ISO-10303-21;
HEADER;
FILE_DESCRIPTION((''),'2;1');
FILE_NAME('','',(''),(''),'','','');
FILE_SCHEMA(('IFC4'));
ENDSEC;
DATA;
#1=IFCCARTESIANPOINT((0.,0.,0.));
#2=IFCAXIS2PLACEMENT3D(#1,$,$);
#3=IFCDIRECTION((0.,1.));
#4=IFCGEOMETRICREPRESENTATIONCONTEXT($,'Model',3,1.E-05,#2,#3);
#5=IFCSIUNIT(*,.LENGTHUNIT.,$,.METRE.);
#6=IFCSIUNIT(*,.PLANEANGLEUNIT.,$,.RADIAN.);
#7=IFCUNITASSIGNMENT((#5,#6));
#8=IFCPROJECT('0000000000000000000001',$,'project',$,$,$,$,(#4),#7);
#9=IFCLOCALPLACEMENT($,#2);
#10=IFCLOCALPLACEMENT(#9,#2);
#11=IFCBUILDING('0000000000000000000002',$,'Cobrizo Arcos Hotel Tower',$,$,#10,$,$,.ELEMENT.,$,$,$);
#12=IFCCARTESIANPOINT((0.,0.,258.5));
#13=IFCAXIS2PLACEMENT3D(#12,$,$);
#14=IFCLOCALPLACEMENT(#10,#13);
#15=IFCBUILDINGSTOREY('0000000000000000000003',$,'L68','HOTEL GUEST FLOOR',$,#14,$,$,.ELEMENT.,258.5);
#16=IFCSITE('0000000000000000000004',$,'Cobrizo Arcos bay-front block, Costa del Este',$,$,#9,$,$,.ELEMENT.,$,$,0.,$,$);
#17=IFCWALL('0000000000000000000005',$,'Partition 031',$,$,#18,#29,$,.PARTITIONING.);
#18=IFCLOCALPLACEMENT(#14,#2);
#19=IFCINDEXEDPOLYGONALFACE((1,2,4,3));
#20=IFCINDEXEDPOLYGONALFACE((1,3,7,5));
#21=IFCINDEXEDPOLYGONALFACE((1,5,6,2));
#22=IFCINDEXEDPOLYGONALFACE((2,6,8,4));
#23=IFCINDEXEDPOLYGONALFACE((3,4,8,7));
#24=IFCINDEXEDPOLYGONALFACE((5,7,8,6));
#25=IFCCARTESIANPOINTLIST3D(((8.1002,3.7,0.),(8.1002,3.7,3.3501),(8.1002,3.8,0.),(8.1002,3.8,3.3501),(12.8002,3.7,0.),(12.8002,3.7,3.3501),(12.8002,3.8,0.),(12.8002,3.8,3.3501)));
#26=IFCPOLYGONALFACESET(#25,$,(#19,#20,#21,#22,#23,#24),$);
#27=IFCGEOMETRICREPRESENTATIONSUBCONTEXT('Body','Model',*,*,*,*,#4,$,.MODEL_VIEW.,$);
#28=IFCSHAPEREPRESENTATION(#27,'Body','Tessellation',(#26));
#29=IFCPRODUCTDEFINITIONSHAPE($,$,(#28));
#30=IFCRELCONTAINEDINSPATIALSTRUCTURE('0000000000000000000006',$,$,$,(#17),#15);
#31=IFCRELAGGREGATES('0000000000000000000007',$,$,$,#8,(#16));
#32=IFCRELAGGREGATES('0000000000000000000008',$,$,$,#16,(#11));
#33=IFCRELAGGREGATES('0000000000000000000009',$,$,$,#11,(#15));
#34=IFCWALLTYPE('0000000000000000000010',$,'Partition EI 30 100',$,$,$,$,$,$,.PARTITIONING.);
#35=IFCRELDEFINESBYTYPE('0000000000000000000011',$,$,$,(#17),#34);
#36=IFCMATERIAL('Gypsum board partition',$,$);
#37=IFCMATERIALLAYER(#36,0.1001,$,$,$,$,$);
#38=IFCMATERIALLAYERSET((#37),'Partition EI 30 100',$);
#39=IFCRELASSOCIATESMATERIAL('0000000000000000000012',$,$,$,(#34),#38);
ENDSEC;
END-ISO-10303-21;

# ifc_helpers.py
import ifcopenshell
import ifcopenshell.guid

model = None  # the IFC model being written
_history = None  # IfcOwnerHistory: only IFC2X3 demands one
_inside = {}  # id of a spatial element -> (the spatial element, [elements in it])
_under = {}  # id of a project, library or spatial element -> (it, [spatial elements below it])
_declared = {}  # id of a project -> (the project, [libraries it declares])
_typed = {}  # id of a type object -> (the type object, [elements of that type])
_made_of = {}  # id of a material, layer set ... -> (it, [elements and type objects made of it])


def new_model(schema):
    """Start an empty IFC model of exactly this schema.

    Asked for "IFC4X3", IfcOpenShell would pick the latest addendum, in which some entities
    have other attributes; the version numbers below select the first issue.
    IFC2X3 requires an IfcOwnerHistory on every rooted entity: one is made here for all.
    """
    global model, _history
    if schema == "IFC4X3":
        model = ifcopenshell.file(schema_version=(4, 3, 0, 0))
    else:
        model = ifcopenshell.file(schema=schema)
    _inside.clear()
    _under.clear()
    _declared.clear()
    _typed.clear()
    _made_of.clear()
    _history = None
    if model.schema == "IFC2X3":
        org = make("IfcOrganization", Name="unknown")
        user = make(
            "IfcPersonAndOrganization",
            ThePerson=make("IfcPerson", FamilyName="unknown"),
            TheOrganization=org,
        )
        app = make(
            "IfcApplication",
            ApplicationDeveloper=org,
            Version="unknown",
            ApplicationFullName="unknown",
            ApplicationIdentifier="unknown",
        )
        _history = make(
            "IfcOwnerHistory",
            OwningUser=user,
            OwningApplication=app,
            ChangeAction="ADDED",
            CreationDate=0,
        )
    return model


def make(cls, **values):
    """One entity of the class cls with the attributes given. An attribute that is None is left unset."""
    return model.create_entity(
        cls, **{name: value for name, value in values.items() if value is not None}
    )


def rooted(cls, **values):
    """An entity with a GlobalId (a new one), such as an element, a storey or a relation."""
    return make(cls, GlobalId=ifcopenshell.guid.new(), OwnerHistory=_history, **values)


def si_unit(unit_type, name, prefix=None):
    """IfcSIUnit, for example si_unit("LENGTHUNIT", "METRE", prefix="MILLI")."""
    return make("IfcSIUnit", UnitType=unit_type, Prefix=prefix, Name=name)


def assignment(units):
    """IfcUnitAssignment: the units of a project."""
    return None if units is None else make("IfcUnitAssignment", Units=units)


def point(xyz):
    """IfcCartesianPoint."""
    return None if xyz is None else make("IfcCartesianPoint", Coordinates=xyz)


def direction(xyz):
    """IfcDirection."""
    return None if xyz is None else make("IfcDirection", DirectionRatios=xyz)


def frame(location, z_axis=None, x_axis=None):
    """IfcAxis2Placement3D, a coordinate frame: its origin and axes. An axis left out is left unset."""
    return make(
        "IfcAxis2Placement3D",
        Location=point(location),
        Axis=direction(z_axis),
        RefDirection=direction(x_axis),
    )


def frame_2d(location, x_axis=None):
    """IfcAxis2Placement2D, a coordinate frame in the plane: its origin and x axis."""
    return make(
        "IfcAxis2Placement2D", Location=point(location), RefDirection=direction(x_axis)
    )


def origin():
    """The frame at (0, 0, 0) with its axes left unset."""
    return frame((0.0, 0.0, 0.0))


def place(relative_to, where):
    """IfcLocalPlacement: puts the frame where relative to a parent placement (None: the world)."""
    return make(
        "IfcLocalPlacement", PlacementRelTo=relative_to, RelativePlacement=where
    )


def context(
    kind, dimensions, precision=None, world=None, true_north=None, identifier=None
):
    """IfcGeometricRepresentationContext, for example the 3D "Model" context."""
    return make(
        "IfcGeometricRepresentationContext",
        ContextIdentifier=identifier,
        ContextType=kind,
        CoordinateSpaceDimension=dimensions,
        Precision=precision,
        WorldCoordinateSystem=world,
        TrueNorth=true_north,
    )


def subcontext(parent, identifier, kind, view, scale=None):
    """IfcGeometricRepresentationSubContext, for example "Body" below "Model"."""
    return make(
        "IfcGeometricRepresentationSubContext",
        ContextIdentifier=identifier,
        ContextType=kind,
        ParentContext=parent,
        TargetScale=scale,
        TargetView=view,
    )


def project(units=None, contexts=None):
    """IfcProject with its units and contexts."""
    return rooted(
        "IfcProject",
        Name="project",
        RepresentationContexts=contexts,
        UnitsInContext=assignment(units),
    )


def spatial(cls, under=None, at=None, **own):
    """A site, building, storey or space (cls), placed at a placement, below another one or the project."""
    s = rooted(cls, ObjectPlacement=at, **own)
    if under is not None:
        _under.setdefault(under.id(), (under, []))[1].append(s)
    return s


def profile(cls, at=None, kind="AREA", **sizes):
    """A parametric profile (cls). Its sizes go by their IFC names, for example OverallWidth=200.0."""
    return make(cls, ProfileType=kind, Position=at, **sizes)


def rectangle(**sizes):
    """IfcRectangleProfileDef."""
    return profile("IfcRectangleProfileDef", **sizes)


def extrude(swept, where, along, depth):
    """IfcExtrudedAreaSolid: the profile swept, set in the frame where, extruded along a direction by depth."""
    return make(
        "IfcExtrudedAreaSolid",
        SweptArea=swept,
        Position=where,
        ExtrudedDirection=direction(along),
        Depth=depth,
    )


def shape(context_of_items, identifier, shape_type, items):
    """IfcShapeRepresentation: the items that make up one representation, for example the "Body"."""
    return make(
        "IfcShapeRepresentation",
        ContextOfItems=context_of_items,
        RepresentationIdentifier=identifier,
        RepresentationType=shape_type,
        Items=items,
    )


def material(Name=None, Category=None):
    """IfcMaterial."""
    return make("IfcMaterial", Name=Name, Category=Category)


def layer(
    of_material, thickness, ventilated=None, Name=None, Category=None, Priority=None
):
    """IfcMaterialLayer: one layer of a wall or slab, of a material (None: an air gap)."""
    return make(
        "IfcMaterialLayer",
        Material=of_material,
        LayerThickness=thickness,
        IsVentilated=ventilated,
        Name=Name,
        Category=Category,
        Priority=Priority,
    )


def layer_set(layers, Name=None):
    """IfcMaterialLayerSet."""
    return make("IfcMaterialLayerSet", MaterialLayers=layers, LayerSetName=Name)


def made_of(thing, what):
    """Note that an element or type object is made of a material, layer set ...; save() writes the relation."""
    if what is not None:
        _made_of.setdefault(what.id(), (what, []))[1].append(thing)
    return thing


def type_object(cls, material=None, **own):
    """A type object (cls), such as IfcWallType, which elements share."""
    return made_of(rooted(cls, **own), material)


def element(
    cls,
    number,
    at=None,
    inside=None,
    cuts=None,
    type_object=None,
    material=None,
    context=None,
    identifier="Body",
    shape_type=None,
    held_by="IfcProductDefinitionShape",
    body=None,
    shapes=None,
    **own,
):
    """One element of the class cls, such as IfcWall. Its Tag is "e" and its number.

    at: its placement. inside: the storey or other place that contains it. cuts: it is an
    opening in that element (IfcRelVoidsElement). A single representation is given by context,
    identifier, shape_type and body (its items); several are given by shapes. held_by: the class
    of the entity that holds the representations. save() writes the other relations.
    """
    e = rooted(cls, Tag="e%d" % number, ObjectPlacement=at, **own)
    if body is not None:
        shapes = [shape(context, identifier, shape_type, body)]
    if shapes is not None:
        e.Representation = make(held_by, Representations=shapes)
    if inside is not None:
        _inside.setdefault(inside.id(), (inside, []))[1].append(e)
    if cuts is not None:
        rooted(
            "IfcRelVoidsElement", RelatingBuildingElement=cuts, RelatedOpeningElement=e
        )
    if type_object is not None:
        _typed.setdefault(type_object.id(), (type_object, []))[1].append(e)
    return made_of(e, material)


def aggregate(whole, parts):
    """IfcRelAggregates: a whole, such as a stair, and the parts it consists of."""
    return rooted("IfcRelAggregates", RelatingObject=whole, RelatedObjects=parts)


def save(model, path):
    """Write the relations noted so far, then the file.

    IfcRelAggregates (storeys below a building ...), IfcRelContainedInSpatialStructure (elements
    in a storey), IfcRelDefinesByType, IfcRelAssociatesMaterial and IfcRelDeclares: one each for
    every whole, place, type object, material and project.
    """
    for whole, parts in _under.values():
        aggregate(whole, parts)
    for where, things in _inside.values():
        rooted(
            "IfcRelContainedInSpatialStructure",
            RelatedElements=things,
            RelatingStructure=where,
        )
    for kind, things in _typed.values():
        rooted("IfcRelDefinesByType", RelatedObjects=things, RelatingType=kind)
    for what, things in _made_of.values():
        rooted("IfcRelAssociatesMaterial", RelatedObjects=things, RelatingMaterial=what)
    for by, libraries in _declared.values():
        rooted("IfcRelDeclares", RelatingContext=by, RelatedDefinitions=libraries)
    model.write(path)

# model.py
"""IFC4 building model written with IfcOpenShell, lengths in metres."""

from ifc_helpers import new_model, si_unit, direction, frame, frame_2d, origin, place, context, subcontext, project, spatial, rectangle, extrude, material, layer, layer_set, type_object, element, save


model = new_model("IFC4")

# Units and contexts
model_context = context("Model", 3, precision=1e-05, world=origin(), true_north=direction((0.0, 1.0)))
body_context = subcontext(model_context, "Body", "Model", "MODEL_VIEW")
ifc_project = project(units=[si_unit("LENGTHUNIT", "METRE"), si_unit("PLANEANGLEUNIT", "RADIAN")], contexts=[model_context])

# Site, building, storey
site_placement = place(None, origin())
site = spatial("IfcSite", under=ifc_project, at=site_placement, Name="Cobrizo Arcos bay-front block, Costa del Este", CompositionType="ELEMENT", RefElevation=0.0)
building_placement = place(site_placement, origin())
building = spatial("IfcBuilding", under=site, at=building_placement, Name="Cobrizo Arcos Hotel Tower", CompositionType="ELEMENT")
storey_placement = place(building_placement, frame((0.0, 0.0, 258.5)))
storey = spatial("IfcBuildingStorey", under=building, at=storey_placement, Name="L68", Description="HOTEL GUEST FLOOR", CompositionType="ELEMENT", Elevation=258.5)

# Shared definitions
ifc_material_1 = material(Name="Gypsum board partition")

# Wall
ifc_layer_1 = layer(ifc_material_1, 0.1001)
ifc_layer_set_1 = layer_set([ifc_layer_1], Name="Partition EI 30 100")
wall_type_1 = type_object("IfcWallType", Name="Partition EI 30 100", PredefinedType="PARTITIONING", material=ifc_layer_set_1)
wall_1_placement = place(storey_placement, frame((8.1001, 3.75, 0.0), z_axis=(0.0, 0.0, 1.0), x_axis=(1.0, 0.0, 0.0)))
element("IfcWall", 1, at=wall_1_placement, inside=storey, type_object=wall_type_1, Name="Partition 031", PredefinedType="PARTITIONING", context=body_context, shape_type="SweptSolid", body=[
    extrude(rectangle(XDim=4.7, YDim=0.1001, at=frame_2d((2.3501, 0.0))), origin(), (0.0, 0.0, 1.0), 3.3501),
])

save(model, "model.ifc")
